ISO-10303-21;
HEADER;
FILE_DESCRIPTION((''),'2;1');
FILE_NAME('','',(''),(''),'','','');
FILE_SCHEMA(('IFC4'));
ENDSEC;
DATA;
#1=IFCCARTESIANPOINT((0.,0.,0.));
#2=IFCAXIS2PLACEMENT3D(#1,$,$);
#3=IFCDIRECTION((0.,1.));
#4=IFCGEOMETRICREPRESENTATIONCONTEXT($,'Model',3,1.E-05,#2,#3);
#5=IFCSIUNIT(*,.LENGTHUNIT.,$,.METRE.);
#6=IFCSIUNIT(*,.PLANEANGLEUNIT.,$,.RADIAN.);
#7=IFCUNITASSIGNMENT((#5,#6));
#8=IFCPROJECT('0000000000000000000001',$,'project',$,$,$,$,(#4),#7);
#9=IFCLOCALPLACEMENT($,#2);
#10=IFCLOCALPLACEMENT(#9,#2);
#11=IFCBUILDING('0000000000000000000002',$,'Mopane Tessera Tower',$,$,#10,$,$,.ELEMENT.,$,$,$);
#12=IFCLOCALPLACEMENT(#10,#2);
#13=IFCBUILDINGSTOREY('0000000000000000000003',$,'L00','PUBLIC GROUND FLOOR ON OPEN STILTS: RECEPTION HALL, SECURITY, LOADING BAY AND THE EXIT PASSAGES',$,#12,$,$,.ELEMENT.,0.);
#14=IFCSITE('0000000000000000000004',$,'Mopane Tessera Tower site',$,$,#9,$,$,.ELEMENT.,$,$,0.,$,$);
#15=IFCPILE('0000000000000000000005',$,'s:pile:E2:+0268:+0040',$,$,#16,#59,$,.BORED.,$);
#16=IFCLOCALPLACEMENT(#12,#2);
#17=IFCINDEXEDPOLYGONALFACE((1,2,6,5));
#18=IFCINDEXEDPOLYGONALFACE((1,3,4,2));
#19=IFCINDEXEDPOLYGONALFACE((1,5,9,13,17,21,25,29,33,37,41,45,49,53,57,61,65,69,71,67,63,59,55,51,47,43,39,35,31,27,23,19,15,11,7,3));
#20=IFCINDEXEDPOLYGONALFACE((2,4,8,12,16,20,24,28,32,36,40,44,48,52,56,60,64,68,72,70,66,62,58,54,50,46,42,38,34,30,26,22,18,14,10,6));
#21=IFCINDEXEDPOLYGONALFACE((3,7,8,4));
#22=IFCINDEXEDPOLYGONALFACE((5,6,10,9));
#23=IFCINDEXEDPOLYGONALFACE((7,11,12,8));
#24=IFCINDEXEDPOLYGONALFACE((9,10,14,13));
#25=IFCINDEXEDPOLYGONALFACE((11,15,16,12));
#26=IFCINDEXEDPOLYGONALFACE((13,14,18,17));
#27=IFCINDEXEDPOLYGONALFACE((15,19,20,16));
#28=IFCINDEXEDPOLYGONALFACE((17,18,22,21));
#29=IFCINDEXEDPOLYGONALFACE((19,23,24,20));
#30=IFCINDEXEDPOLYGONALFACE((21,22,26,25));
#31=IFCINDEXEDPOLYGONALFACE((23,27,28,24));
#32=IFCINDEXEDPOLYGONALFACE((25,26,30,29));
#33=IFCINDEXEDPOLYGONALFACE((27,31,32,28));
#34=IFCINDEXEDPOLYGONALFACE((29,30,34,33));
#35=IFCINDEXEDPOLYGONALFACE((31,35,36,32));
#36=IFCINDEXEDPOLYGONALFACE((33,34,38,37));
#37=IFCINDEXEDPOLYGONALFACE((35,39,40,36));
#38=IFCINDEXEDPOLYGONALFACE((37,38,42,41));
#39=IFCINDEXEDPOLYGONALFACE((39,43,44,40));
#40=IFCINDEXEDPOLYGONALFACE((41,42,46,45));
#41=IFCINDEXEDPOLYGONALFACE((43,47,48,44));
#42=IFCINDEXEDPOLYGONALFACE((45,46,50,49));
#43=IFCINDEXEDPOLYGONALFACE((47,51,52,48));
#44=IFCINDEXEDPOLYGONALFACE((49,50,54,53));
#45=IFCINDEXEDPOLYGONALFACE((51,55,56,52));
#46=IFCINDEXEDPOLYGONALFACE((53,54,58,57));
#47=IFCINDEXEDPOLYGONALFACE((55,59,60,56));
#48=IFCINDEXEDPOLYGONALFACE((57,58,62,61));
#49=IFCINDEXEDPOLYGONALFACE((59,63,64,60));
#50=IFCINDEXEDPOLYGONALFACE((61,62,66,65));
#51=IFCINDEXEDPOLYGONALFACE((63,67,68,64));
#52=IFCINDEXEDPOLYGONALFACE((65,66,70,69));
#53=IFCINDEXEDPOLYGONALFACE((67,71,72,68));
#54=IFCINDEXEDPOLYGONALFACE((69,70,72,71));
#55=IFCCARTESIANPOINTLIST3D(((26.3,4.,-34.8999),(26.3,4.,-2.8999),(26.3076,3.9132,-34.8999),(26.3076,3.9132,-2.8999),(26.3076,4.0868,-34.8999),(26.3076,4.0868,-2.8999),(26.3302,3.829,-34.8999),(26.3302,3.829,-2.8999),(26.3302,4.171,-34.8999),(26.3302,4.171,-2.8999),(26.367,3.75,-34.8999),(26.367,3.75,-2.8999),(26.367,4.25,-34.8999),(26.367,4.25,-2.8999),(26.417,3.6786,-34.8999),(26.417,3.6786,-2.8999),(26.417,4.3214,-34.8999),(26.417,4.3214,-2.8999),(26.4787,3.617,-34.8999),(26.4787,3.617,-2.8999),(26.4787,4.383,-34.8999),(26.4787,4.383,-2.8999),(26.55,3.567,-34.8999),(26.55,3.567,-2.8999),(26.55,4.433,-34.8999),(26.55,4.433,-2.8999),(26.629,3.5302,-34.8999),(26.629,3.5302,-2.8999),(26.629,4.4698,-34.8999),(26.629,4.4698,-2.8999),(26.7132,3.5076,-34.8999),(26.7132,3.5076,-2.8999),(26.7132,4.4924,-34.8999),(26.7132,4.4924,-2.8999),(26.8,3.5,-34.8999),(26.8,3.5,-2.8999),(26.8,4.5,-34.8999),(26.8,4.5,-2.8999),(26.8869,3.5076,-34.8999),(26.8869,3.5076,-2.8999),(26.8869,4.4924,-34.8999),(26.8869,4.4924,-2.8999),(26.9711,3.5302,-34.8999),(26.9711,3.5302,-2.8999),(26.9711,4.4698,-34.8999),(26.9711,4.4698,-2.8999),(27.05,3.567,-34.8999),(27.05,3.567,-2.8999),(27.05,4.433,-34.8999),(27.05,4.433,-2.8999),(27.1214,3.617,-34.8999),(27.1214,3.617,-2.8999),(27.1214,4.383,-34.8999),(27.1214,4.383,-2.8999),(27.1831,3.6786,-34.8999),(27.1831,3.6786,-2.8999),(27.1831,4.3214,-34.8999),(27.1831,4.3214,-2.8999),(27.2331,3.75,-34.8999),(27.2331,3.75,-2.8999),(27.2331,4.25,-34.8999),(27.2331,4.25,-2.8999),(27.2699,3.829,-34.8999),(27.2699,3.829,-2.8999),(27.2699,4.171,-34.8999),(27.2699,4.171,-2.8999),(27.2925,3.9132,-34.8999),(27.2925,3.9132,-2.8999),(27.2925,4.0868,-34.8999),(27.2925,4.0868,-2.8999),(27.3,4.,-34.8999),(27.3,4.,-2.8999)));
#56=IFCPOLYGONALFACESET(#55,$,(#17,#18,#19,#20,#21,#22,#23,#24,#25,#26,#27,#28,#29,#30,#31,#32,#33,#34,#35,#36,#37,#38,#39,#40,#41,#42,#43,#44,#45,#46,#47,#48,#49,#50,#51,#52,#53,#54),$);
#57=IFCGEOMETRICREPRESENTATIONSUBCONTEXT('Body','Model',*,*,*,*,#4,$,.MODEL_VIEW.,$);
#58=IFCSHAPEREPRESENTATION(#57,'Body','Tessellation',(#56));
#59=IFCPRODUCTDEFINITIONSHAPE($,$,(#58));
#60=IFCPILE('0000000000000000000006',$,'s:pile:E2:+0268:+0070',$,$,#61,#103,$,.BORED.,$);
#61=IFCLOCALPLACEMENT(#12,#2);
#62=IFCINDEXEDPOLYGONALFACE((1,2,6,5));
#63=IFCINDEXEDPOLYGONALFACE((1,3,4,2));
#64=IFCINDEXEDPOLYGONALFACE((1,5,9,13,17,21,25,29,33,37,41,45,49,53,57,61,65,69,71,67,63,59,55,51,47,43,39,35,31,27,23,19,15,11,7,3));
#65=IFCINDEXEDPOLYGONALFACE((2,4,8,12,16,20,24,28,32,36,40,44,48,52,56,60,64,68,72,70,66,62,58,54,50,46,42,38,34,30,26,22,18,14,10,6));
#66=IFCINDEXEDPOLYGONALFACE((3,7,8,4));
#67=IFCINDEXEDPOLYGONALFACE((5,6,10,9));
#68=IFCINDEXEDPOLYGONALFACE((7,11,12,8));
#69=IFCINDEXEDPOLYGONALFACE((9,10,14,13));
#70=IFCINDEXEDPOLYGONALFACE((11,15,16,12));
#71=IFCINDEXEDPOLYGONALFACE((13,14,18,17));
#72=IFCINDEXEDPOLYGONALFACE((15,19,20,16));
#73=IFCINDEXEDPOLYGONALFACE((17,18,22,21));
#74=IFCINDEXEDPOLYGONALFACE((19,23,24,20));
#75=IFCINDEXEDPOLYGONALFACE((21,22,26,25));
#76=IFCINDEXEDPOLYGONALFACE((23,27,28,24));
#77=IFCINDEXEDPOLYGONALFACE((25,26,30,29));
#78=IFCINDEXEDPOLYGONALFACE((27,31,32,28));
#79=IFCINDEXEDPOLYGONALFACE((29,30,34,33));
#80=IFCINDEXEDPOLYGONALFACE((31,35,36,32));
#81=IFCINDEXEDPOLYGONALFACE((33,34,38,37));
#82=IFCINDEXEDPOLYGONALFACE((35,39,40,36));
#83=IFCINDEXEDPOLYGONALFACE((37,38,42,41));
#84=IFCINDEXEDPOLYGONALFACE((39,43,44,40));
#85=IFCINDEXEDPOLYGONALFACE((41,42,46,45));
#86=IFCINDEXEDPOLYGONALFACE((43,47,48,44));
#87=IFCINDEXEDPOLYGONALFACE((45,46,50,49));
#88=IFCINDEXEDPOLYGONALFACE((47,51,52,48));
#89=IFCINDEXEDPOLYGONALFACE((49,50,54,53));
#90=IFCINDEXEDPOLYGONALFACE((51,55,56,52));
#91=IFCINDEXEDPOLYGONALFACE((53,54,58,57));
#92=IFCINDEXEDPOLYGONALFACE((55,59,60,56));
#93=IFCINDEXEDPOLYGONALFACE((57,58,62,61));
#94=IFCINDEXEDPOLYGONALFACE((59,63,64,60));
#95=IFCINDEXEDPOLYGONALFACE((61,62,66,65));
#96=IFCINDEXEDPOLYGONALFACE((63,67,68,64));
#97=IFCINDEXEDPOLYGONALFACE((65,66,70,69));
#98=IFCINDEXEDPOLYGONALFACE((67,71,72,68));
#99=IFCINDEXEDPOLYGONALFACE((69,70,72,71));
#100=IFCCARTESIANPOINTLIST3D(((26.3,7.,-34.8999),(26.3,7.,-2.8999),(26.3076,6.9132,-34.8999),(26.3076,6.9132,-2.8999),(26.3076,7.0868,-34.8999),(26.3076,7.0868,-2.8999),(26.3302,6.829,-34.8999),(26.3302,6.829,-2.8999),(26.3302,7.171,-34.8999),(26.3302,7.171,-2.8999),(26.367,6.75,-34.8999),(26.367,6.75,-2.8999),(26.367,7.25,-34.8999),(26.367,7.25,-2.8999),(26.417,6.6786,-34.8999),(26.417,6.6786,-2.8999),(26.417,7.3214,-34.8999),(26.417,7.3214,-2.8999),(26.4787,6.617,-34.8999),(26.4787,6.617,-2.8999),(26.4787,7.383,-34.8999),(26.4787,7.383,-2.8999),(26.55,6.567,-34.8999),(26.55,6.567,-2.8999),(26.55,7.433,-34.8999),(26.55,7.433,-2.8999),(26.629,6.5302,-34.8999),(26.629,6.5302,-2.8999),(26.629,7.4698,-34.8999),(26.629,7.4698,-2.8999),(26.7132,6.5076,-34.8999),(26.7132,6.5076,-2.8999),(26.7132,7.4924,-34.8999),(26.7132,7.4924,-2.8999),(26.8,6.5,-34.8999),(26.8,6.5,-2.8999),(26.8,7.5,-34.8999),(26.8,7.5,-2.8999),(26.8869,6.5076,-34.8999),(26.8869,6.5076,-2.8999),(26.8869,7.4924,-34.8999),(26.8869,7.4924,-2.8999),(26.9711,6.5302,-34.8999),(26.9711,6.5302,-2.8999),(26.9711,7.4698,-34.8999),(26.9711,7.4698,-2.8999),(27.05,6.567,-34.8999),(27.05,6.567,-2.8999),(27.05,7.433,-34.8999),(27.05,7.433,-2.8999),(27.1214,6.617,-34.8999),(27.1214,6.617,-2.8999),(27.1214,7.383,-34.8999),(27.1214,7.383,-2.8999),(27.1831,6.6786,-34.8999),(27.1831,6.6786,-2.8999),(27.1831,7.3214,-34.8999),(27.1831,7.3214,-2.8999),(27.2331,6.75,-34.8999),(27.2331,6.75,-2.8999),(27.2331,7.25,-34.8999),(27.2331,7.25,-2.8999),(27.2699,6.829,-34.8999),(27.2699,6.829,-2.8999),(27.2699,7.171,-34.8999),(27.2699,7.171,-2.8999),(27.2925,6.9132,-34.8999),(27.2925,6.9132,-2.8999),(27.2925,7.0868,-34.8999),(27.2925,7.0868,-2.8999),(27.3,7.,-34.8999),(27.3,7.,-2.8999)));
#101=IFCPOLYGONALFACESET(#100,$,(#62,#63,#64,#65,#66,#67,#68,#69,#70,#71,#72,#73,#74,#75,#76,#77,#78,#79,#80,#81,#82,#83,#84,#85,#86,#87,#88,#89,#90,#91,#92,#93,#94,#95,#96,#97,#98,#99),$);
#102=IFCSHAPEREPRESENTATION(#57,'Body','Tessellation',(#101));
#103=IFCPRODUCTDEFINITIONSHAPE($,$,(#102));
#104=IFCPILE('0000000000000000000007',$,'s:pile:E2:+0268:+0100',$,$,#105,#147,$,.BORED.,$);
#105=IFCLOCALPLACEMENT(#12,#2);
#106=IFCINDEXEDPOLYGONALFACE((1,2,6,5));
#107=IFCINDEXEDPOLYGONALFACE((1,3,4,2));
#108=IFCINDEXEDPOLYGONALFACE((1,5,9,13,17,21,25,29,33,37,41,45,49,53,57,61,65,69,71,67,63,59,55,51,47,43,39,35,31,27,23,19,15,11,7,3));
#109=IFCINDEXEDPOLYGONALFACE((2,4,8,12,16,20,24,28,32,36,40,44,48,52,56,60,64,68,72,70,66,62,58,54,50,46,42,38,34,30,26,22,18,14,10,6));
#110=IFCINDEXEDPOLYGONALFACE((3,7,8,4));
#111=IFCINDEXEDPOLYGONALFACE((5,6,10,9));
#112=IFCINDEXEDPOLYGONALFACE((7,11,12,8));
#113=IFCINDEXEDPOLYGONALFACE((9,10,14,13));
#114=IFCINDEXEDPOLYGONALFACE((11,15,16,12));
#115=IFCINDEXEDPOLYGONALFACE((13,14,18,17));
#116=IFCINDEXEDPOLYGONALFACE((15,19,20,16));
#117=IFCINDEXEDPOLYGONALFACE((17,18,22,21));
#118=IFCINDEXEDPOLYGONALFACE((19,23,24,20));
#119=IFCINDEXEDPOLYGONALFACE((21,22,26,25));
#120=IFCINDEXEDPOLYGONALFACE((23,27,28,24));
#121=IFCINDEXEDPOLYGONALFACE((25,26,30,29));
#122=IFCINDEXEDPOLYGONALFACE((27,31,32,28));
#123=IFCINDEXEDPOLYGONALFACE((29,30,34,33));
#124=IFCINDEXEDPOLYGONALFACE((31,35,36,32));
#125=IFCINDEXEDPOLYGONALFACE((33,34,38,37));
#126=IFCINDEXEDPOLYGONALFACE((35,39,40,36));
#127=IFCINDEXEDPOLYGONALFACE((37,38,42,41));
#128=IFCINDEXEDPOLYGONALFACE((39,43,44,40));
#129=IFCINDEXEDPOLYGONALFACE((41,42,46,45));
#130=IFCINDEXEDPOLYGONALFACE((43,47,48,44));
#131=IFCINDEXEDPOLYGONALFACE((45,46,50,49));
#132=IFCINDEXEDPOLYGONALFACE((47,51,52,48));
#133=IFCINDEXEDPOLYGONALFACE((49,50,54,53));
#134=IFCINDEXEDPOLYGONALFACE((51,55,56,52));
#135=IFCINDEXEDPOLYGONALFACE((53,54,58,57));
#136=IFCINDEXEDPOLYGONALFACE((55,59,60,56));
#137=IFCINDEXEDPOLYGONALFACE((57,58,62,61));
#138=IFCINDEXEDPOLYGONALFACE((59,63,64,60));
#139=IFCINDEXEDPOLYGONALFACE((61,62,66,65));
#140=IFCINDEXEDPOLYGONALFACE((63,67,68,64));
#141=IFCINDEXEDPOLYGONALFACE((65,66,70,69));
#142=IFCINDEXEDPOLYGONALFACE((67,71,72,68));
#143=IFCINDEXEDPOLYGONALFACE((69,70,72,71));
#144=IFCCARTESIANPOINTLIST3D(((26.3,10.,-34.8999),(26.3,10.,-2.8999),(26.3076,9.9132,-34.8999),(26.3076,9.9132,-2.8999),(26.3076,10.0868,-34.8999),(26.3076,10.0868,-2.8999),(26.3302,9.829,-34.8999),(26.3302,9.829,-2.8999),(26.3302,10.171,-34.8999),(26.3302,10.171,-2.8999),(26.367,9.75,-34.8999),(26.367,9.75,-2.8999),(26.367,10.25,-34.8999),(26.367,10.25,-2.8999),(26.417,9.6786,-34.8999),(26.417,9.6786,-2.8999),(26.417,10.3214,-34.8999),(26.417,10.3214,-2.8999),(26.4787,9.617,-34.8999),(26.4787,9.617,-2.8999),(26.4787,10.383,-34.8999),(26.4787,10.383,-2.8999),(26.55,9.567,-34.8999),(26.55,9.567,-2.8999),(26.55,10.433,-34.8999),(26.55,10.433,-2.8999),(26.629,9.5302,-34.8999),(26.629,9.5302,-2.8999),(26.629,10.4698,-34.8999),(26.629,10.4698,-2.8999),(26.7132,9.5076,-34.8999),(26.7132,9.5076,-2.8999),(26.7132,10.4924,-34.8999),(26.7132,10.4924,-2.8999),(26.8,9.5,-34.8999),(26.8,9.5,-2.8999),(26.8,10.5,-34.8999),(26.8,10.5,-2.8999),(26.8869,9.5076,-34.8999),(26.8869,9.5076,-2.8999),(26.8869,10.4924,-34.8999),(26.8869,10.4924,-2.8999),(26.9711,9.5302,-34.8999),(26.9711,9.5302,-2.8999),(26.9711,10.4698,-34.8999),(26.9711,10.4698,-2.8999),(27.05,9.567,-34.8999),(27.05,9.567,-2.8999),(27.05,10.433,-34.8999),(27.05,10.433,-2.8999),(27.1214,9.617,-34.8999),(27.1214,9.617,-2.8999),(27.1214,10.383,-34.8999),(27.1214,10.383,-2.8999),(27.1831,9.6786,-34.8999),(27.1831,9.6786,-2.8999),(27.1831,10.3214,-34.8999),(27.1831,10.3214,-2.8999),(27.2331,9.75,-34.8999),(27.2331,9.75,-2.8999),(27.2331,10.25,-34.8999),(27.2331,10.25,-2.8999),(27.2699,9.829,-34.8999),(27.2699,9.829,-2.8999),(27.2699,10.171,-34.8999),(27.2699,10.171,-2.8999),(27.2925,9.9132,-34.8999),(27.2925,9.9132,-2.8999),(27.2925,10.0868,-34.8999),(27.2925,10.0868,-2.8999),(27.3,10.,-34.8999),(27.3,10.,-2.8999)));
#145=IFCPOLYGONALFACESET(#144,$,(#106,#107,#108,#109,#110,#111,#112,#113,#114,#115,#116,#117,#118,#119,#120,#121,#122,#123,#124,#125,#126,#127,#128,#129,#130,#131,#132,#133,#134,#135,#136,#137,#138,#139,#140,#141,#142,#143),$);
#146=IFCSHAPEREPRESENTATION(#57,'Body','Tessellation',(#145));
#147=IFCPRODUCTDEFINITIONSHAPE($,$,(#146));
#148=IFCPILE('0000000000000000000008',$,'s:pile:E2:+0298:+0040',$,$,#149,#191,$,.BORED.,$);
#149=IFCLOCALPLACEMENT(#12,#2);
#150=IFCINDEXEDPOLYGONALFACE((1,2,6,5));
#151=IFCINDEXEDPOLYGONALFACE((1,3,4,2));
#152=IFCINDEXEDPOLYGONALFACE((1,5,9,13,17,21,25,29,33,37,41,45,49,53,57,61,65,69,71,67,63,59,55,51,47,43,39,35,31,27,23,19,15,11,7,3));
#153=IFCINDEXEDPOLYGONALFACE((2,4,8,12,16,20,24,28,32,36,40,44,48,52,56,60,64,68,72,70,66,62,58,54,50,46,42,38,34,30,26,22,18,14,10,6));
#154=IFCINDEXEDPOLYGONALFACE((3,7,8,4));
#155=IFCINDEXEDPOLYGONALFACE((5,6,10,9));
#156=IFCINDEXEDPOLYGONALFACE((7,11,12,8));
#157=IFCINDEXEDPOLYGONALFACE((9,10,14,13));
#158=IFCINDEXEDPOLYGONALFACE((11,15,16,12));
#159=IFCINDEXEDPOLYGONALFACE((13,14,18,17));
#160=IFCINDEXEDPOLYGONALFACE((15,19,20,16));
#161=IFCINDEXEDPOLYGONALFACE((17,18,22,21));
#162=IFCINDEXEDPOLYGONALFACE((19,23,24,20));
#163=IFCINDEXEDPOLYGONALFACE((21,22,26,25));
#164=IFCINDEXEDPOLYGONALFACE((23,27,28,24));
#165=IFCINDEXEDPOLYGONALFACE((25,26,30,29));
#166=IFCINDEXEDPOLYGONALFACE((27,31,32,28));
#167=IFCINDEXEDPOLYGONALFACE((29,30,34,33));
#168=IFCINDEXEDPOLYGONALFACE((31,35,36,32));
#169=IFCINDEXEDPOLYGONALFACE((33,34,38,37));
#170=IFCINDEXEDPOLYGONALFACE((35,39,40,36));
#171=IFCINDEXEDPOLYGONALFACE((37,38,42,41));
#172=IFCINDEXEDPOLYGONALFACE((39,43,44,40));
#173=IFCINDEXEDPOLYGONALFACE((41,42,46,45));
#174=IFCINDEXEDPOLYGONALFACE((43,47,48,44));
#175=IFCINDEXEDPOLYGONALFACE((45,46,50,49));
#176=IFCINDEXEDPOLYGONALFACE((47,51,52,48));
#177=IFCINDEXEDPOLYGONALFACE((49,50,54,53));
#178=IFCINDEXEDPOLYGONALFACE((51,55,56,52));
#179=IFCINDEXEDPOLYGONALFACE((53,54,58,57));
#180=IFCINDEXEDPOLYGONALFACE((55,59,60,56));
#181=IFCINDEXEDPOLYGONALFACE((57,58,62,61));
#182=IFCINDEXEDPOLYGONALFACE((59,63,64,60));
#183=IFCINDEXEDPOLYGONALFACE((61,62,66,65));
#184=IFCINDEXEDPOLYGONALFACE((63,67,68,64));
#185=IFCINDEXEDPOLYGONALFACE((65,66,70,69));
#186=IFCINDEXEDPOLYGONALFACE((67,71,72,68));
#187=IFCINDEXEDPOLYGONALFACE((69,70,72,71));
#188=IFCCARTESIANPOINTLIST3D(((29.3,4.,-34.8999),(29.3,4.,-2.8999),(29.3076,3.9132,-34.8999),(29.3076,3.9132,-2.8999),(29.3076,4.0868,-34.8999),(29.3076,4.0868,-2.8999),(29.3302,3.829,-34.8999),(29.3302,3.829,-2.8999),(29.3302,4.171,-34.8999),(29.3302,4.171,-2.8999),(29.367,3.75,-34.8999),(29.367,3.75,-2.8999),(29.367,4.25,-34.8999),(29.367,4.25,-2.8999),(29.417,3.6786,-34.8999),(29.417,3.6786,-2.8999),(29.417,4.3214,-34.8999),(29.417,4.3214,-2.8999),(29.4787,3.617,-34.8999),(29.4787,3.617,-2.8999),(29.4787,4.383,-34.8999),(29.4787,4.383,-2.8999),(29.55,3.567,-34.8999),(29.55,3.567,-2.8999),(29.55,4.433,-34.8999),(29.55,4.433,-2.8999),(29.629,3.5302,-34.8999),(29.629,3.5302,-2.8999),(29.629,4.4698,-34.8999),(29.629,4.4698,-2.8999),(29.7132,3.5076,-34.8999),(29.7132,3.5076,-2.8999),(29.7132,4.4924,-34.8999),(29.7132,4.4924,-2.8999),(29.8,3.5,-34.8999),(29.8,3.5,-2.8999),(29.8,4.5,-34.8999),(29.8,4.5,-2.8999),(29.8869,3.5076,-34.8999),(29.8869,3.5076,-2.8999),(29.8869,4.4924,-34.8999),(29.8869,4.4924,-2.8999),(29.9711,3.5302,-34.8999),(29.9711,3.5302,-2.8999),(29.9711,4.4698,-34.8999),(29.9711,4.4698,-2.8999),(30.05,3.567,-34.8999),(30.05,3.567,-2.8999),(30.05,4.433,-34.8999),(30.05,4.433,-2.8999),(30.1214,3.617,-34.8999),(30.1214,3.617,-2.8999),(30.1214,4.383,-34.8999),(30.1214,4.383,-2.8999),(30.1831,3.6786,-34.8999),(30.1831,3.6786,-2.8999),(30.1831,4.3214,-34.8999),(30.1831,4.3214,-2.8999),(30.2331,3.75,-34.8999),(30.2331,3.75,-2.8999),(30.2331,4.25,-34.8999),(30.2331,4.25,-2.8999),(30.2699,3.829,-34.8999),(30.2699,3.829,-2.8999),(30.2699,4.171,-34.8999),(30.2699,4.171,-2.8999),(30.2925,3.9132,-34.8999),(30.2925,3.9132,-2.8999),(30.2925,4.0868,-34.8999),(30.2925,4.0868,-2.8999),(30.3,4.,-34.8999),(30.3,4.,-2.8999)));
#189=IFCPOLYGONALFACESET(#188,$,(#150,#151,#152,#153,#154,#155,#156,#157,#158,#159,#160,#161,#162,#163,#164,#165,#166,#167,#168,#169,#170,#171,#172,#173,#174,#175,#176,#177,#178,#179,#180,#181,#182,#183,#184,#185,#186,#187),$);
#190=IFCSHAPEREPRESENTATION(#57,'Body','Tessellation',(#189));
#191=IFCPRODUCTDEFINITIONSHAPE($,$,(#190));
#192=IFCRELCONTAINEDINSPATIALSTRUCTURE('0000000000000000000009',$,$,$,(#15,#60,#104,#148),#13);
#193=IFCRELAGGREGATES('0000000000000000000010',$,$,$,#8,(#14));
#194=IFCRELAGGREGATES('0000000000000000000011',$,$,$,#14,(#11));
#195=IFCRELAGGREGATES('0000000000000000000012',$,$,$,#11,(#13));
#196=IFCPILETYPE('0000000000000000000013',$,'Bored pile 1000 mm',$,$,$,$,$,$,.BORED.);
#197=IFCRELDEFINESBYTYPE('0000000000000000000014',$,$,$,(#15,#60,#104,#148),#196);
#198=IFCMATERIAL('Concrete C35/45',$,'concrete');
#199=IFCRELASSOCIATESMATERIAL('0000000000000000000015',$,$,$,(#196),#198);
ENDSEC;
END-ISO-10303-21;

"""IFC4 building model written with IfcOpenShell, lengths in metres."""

from ifc_helpers import new_model, si_unit, direction, frame, origin, origin_2d, place, context, subcontext, project, spatial, circle, extrude, material, material_profile, profile_set, type_object, element, save


model = new_model("IFC4")

# Units and contexts
model_context = context("Model", 3, precision=1e-05, world=origin(), true_north=direction((0.0, 1.0)))
body_context = subcontext(model_context, "Body", "Model", "MODEL_VIEW")
ifc_project = project(units=[si_unit("LENGTHUNIT", "METRE"), si_unit("PLANEANGLEUNIT", "RADIAN")], contexts=[model_context])

# Site, building, storey
site_placement = place(None, origin())
site = spatial("IfcSite", under=ifc_project, at=site_placement, Name="Mopane Tessera Tower site", CompositionType="ELEMENT", RefElevation=0.0)
building_placement = place(site_placement, origin())
building = spatial("IfcBuilding", under=site, at=building_placement, Name="Mopane Tessera Tower", CompositionType="ELEMENT")
storey_placement = place(building_placement, origin())
storey = spatial("IfcBuildingStorey", under=building, at=storey_placement, Name="L00", Description="PUBLIC GROUND FLOOR ON OPEN STILTS: RECEPTION HALL, SECURITY, LOADING BAY AND THE EXIT PASSAGES", CompositionType="ELEMENT", Elevation=0.0)

# Piles
ifc_material_1 = material(Name="Concrete C35/45", Category="concrete")
ifc_material_profile_1 = material_profile(ifc_material_1, circle(Radius=0.5, at=origin_2d()))
ifc_profile_set_1 = profile_set([ifc_material_profile_1], Name="Concrete C35/45")
pile_type_1 = type_object("IfcPileType", Name="Bored pile 1000 mm", PredefinedType="BORED", material=ifc_profile_set_1)
for number, where, z_axis, x_axis, name in (
    (1, (26.8, 4.0, -2.8999), (0.0, 0.0, -1.0), (1.0, 0.0, 0.0), "s:pile:E2:+0268:+0040"),
    (2, (26.8, 7.0, -2.8999), (0.0, 0.0, -1.0), (1.0, 0.0, 0.0), "s:pile:E2:+0268:+0070"),
    (3, (26.8, 10.0, -2.8999), (0.0, 0.0, -1.0), (1.0, 0.0, 0.0), "s:pile:E2:+0268:+0100"),
    (4, (29.8, 4.0, -2.8999), (0.0, 0.0, -1.0), (1.0, 0.0, 0.0), "s:pile:E2:+0298:+0040"),
):
    element("IfcPile", number, at=place(storey_placement, frame(where, z_axis=z_axis, x_axis=x_axis)), inside=storey, type_object=pile_type_1, Name=name, PredefinedType="BORED", context=body_context, shape_type="SweptSolid", body=[
        extrude(circle(Radius=0.5, at=origin_2d()), origin(), (0.0, 0.0, 1.0), 32.0),
    ])

save(model, "model.ifc")
